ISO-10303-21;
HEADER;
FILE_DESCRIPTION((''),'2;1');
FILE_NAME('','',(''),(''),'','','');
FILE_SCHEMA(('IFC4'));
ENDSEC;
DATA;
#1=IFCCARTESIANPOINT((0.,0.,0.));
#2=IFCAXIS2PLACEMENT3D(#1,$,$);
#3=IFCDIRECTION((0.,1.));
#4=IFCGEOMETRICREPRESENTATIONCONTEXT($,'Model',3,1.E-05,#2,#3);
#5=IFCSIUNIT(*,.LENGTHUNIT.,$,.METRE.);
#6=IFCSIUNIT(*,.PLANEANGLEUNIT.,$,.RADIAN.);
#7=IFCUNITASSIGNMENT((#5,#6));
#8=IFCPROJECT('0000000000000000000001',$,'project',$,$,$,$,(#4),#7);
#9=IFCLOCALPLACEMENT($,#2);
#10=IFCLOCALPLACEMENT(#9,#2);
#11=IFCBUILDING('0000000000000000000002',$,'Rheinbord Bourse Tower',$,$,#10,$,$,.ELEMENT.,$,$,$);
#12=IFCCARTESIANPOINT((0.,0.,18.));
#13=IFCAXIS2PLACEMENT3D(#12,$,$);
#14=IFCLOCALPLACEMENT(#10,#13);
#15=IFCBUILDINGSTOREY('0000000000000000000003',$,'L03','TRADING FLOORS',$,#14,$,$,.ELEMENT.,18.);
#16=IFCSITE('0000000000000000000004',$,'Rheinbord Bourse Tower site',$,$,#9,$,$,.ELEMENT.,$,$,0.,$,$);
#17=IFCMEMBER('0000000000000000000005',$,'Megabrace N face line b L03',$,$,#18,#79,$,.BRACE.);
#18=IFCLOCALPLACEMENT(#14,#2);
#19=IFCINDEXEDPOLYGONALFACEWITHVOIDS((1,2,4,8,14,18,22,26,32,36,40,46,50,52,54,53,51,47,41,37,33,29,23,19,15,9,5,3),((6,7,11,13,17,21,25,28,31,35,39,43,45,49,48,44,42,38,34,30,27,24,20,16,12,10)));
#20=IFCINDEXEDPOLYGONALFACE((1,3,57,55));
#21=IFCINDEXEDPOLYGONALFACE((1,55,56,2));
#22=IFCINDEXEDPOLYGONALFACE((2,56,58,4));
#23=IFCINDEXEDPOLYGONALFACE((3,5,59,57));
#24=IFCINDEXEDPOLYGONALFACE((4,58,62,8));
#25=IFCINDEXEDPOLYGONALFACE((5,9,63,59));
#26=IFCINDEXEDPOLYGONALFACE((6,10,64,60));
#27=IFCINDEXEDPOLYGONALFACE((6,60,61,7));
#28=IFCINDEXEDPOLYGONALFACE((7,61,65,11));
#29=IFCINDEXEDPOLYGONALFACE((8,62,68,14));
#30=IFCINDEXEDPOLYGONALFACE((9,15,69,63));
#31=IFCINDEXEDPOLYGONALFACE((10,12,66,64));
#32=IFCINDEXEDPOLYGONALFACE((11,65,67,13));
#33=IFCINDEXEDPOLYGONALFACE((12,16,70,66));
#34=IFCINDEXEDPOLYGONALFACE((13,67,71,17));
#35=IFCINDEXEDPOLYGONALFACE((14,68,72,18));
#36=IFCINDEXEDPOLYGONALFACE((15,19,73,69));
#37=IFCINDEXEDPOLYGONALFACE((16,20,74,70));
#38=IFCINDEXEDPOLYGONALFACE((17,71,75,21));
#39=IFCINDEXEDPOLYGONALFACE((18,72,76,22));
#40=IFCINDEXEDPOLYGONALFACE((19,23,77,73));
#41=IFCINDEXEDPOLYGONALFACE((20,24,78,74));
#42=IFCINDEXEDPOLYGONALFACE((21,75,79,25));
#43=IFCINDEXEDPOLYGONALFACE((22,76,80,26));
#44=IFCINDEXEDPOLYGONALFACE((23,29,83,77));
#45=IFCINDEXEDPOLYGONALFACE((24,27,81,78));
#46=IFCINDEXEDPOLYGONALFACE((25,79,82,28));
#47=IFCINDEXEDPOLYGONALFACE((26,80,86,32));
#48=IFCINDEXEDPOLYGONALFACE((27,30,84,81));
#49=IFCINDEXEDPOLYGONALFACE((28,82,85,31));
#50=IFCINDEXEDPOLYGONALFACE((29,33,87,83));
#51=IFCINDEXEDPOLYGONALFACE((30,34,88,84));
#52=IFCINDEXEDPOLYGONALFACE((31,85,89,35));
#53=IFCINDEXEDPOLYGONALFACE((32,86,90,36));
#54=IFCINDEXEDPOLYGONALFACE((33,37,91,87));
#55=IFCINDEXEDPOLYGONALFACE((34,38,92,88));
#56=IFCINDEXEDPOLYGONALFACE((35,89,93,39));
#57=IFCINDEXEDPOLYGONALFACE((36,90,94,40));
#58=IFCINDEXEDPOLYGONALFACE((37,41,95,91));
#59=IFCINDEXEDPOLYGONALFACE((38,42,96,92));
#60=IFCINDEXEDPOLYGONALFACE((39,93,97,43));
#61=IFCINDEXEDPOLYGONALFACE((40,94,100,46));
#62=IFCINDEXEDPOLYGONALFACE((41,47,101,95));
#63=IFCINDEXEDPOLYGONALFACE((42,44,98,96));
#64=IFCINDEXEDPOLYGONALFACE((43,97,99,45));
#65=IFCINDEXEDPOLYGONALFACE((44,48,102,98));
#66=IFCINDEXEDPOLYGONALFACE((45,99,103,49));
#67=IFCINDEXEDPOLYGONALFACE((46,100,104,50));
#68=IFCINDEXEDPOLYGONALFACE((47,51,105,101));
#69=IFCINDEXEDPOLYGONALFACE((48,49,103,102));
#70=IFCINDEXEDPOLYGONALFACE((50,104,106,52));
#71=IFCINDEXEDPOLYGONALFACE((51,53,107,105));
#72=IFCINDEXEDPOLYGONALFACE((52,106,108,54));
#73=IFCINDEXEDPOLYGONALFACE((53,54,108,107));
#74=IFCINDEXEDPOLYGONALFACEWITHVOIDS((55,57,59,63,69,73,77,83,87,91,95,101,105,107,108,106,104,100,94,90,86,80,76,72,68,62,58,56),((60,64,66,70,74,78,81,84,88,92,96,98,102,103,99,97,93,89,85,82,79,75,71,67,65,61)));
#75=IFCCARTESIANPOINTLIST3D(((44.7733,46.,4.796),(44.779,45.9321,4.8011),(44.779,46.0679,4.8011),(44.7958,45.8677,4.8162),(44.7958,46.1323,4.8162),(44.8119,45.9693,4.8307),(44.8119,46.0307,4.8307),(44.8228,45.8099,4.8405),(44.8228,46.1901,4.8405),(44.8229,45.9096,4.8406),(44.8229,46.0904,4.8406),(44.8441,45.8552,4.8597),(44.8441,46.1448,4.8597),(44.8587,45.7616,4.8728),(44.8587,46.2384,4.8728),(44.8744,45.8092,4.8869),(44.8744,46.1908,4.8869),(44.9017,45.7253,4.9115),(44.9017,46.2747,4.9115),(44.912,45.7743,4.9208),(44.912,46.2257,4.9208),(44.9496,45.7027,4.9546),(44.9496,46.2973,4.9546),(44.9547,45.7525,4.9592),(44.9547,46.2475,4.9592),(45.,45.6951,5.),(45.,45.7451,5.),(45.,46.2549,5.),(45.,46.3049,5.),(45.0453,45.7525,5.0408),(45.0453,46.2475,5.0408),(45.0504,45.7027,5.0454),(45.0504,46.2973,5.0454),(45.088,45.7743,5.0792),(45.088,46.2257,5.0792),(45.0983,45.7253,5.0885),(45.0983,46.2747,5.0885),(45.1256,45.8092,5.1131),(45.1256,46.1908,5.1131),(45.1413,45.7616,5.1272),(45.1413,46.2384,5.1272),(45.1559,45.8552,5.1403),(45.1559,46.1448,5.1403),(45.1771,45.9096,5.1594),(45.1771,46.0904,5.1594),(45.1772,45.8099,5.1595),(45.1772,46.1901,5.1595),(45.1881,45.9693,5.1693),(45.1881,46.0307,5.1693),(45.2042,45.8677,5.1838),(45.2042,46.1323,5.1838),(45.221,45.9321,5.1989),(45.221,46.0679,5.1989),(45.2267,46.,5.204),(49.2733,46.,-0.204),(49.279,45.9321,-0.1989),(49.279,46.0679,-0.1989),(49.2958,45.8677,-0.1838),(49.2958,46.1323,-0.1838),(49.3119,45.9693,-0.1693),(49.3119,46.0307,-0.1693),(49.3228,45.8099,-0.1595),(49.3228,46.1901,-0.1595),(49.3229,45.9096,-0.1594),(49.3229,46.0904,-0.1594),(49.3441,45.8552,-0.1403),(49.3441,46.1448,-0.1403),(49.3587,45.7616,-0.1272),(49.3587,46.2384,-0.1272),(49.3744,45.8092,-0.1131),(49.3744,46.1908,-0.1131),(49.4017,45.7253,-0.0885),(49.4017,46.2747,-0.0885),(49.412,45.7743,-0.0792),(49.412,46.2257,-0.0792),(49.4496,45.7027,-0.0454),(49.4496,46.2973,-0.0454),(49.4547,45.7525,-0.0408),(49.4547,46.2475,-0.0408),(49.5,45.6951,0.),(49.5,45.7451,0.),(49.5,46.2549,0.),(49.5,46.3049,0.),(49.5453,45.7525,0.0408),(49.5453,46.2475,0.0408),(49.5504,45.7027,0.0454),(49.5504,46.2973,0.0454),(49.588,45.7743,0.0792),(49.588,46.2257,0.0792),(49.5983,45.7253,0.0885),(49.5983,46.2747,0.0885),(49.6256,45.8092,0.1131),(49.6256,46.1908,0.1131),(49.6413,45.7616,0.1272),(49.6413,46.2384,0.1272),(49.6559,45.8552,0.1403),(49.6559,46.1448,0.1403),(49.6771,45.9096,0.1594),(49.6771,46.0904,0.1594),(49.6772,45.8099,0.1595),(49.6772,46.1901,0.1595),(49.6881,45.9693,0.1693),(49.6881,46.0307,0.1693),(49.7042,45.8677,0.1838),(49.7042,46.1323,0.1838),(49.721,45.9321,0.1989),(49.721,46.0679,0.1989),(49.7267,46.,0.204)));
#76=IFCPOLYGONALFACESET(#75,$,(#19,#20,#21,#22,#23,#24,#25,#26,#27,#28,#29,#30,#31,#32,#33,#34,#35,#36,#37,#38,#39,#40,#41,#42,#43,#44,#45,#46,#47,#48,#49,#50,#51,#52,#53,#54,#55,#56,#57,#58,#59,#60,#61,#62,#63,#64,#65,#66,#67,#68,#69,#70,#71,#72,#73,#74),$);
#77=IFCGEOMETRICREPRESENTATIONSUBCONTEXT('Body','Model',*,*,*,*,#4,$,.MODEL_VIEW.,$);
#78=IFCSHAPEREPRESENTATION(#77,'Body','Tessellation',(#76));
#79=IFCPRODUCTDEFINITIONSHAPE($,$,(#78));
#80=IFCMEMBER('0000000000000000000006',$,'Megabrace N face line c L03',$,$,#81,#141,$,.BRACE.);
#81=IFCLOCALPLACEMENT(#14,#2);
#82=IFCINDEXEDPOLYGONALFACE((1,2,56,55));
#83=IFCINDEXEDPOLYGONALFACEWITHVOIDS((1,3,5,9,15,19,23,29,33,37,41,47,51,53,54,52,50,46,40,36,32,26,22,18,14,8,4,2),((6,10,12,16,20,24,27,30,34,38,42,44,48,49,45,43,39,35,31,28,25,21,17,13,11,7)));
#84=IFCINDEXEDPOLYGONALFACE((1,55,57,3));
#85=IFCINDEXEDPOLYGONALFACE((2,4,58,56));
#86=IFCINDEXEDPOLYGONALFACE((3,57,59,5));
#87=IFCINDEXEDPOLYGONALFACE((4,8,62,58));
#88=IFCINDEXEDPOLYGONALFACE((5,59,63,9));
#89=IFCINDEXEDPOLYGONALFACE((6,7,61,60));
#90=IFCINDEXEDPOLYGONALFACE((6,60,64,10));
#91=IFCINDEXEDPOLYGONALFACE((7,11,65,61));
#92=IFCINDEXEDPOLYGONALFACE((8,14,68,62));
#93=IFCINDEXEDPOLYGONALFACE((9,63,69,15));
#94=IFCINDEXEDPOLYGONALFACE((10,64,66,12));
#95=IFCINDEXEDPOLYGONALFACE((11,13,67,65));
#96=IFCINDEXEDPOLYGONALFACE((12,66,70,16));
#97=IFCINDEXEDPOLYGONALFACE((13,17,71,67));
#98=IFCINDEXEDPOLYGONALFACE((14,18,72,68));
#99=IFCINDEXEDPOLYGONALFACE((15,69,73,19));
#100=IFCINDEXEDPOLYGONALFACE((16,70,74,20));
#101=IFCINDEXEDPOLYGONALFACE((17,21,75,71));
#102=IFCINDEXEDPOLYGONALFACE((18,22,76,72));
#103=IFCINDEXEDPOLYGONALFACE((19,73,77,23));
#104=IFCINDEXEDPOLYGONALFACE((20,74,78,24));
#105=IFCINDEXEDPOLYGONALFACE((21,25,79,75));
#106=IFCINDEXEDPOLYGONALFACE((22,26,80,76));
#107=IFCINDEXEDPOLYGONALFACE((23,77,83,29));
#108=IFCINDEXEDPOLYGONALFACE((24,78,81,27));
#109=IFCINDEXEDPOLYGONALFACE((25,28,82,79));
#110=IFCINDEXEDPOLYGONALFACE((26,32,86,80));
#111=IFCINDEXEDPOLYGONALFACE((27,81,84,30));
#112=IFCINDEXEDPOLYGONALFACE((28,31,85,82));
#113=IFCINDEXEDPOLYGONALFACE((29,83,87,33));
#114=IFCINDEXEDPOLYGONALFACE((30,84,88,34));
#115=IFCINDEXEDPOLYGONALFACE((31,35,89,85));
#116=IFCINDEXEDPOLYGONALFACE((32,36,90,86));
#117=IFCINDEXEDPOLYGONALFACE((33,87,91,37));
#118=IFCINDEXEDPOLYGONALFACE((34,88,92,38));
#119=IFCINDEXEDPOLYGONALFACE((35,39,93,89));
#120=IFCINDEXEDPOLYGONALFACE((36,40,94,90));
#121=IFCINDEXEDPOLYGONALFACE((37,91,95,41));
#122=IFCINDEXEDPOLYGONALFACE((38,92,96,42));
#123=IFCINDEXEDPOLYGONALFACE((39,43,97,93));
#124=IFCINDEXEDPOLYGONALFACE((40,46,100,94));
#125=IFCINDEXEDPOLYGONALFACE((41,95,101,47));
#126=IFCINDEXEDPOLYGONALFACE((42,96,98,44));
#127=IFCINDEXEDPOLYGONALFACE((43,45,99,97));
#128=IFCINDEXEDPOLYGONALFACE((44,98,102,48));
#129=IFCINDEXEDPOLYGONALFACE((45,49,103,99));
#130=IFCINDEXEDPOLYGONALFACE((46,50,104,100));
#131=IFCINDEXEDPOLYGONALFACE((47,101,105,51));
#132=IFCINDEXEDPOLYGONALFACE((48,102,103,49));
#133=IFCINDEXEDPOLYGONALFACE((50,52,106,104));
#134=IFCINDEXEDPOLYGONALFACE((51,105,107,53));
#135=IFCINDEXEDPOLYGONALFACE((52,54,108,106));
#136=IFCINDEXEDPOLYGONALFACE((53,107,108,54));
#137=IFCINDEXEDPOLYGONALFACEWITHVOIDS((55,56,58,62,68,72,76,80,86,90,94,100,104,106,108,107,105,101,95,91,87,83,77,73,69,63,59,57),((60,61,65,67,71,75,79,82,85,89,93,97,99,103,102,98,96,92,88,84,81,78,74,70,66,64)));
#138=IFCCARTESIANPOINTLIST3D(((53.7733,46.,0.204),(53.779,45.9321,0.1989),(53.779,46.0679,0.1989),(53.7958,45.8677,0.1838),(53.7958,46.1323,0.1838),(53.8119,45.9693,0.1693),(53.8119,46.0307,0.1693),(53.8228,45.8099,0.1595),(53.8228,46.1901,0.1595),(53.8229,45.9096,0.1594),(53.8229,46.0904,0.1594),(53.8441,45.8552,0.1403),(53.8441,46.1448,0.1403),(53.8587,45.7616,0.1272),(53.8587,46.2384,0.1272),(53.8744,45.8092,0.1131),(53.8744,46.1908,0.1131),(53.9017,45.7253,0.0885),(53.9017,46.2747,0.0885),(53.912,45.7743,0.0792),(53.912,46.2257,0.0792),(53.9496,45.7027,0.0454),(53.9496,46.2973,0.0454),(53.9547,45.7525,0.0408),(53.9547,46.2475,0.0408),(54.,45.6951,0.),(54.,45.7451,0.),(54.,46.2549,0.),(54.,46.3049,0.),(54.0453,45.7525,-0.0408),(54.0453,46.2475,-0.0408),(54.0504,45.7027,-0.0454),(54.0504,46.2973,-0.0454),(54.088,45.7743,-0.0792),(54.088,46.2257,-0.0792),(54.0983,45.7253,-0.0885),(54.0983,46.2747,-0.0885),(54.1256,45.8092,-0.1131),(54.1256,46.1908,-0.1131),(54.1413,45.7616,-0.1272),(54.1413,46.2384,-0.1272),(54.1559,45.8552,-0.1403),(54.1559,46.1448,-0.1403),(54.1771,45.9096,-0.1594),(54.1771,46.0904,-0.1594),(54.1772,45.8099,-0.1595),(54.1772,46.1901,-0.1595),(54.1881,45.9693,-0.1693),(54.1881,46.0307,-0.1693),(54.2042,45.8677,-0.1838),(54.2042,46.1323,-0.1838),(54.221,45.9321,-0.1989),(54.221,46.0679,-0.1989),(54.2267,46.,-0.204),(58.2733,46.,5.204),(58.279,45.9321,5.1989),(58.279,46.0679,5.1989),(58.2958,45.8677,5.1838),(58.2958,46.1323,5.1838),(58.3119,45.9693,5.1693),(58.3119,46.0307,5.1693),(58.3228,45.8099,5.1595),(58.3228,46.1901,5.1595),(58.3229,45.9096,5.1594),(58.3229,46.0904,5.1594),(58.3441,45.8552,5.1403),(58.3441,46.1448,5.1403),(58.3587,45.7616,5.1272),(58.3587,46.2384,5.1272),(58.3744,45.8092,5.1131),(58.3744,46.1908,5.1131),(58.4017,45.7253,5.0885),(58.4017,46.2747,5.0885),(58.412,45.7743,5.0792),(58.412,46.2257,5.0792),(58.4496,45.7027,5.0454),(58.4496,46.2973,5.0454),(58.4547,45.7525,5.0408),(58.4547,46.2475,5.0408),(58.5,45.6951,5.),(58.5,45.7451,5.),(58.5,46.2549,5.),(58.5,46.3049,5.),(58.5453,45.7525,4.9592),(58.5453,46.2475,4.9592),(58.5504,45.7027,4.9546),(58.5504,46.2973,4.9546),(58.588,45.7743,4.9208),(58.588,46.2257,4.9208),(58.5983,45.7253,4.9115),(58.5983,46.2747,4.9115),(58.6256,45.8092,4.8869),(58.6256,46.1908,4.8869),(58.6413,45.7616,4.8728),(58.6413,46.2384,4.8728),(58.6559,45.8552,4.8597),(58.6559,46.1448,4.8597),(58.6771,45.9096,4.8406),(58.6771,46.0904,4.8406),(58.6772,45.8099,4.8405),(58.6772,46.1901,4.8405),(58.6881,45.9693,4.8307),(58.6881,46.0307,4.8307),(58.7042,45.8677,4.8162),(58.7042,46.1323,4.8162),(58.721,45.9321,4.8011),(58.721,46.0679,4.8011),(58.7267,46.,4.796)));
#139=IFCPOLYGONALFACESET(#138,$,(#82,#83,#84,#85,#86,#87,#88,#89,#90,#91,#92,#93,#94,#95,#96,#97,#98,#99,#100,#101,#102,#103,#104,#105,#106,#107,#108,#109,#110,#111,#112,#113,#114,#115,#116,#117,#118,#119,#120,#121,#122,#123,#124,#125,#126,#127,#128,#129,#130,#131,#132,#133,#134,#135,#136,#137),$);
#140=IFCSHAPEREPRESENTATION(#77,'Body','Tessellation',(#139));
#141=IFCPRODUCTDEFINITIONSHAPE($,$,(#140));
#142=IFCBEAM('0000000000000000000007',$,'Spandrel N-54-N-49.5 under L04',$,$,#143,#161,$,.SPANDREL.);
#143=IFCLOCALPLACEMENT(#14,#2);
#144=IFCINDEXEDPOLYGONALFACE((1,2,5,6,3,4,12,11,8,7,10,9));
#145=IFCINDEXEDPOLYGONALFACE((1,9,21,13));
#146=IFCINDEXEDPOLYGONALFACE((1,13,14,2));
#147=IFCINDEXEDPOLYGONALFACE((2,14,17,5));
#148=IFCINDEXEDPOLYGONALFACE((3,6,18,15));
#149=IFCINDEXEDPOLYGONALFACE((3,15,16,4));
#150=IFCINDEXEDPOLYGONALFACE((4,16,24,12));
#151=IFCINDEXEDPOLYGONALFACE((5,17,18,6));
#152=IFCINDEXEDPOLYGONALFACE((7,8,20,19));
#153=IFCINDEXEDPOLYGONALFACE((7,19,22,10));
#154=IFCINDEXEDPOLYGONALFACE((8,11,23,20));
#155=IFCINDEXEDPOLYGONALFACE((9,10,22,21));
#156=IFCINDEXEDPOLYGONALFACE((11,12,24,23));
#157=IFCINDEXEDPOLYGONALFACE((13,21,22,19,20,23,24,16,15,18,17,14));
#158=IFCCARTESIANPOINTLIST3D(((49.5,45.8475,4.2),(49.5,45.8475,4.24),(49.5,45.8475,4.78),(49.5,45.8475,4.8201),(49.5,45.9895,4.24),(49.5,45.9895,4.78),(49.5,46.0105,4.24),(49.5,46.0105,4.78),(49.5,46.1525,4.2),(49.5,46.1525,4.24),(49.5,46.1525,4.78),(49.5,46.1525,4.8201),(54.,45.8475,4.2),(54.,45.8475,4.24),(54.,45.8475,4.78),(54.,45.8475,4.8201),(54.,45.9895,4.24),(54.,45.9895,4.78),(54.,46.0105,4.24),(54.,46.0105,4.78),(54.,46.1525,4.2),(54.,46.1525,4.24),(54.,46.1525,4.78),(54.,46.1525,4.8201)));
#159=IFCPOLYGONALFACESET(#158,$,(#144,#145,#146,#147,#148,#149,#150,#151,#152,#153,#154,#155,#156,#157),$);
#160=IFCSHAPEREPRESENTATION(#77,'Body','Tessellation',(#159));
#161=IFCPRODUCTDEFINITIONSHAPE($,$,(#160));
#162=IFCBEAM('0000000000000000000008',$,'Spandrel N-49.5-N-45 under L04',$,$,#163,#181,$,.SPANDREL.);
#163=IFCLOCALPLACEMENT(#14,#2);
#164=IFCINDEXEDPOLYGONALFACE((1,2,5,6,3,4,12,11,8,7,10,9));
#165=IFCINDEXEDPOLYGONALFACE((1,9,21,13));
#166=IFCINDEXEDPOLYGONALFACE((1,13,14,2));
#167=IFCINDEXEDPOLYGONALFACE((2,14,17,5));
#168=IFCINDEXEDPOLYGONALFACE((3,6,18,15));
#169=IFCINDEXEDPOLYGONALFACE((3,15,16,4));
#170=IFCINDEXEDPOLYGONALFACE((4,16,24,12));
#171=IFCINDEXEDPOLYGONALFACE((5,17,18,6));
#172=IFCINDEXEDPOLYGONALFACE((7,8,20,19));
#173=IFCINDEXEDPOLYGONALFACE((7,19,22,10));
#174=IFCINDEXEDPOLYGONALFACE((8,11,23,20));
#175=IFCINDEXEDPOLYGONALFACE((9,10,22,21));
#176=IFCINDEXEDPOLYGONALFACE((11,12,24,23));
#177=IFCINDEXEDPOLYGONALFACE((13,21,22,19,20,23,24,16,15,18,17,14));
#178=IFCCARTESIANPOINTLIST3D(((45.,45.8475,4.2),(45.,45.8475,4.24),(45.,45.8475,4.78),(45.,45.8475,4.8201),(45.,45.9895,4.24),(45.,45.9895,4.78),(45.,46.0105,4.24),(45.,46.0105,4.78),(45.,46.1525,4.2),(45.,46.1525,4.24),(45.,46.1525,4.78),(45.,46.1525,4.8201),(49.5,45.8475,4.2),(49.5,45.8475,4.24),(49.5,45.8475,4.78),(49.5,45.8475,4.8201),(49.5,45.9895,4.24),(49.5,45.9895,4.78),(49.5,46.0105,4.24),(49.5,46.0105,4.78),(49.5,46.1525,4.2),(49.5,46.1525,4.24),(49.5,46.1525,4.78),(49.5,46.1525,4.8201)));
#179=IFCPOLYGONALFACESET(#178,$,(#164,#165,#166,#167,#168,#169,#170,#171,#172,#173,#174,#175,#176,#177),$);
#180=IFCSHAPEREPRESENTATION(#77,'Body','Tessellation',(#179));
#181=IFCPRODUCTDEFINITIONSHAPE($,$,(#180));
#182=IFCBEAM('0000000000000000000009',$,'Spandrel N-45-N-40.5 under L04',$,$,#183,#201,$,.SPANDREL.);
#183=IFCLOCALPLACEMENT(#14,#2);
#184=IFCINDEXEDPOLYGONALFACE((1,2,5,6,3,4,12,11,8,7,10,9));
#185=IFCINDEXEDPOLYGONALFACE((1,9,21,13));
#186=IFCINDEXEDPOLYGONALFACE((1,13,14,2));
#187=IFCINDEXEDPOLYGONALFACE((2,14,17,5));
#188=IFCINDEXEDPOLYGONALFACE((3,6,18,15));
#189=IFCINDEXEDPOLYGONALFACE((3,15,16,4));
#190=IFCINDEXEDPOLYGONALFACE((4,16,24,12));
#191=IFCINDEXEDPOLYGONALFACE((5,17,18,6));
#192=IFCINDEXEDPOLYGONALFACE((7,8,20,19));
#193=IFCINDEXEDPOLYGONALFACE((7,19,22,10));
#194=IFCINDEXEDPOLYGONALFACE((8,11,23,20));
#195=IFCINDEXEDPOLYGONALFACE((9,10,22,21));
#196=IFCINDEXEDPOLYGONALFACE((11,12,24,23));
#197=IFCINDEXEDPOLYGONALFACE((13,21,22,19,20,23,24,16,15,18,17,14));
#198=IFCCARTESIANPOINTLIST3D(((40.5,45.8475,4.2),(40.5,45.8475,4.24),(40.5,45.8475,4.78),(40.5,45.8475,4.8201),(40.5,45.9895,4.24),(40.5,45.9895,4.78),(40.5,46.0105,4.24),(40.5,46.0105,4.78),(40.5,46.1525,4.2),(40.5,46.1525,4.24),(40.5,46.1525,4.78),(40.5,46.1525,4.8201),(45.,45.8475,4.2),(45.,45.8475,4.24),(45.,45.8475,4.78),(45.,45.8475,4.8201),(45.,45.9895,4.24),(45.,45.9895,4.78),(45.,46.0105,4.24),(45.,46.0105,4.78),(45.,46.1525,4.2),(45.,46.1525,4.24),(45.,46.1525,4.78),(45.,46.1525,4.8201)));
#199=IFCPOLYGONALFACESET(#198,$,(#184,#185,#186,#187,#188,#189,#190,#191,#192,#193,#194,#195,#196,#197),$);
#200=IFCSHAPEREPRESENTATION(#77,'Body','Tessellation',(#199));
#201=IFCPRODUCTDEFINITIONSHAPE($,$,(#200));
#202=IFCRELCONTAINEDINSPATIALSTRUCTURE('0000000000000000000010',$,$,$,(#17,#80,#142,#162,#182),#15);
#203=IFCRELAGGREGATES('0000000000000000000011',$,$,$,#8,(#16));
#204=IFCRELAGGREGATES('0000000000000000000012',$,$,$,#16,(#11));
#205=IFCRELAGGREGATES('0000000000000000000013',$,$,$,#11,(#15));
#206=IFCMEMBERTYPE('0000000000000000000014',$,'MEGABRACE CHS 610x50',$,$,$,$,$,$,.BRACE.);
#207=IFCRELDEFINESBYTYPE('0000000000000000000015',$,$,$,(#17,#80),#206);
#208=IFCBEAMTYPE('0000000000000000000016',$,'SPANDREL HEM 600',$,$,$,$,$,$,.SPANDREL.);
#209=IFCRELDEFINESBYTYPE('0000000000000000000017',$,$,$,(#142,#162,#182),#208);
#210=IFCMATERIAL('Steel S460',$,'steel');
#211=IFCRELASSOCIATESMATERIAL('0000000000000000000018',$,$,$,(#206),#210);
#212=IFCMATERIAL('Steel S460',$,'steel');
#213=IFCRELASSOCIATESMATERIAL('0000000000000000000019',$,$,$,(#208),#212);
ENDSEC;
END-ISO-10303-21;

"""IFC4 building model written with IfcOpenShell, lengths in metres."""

from ifc_helpers import new_model, si_unit, direction, frame, origin, origin_2d, place, context, subcontext, project, spatial, hollow_circle, i_section, extrude, material, material_profile, profile_set, type_object, element, save


model = new_model("IFC4")

# Units and contexts
model_context = context("Model", 3, precision=1e-05, world=origin(), true_north=direction((0.0, 1.0)))
body_context = subcontext(model_context, "Body", "Model", "MODEL_VIEW")
ifc_project = project(units=[si_unit("LENGTHUNIT", "METRE"), si_unit("PLANEANGLEUNIT", "RADIAN")], contexts=[model_context])

# Site, building, storey
site_placement = place(None, origin())
site = spatial("IfcSite", under=ifc_project, at=site_placement, Name="Rheinbord Bourse Tower site", CompositionType="ELEMENT", RefElevation=0.0)
building_placement = place(site_placement, origin())
building = spatial("IfcBuilding", under=site, at=building_placement, Name="Rheinbord Bourse Tower", CompositionType="ELEMENT")
storey_placement = place(building_placement, frame((0.0, 0.0, 18.0)))
storey = spatial("IfcBuildingStorey", under=building, at=storey_placement, Name="L03", Description="TRADING FLOORS", CompositionType="ELEMENT", Elevation=18.0)

# Members
ifc_material_1 = material(Name="Steel S460", Category="steel")
ifc_material_profile_1 = material_profile(ifc_material_1, hollow_circle(Radius=0.3049, WallThickness=0.05, at=origin_2d()), Name="CHS 610x50")
ifc_profile_set_1 = profile_set([ifc_material_profile_1], Name="Steel S460")
member_type_1 = type_object("IfcMemberType", Name="MEGABRACE CHS 610x50", PredefinedType="BRACE", material=ifc_profile_set_1)
for number, where, z_axis, x_axis, name in (
    (1, (49.5, 46.0, 0.0), (-0.668965, 0.0, 0.743294), (0.0, -1.0, 0.0), "Megabrace N face line b L03"),
    (2, (54.0, 46.0, 0.0), (0.668965, 0.0, 0.743294), (0.0, 1.0, 0.0), "Megabrace N face line c L03"),
):
    element("IfcMember", number, at=place(storey_placement, frame(where, z_axis=z_axis, x_axis=x_axis)), inside=storey, type_object=member_type_1, Name=name, PredefinedType="BRACE", context=body_context, shape_type="SweptSolid", body=[
        extrude(hollow_circle(Radius=0.3049, WallThickness=0.05, at=origin_2d()), origin(), (0.0, 0.0, 1.0), 6.7268),
    ])

# Beams
ifc_material_2 = material(Name="Steel S460", Category="steel")
ifc_material_profile_2 = material_profile(ifc_material_2, i_section(OverallWidth=0.3049, OverallDepth=0.6201, WebThickness=0.021, FlangeThickness=0.04, at=origin_2d()), Name="HEM 600")
ifc_profile_set_2 = profile_set([ifc_material_profile_2], Name="Steel S460")
beam_type_1 = type_object("IfcBeamType", Name="SPANDREL HEM 600", PredefinedType="SPANDREL", material=ifc_profile_set_2)
for number, where, z_axis, x_axis, name in (
    (3, (54.0, 46.0, 4.51), (-1.0, 0.0, 0.0), (0.0, -1.0, 0.0), "Spandrel N-54-N-49.5 under L04"),
    (4, (49.5, 46.0, 4.51), (-1.0, 0.0, 0.0), (0.0, -1.0, 0.0), "Spandrel N-49.5-N-45 under L04"),
    (5, (45.0, 46.0, 4.51), (-1.0, 0.0, 0.0), (0.0, -1.0, 0.0), "Spandrel N-45-N-40.5 under L04"),
):
    element("IfcBeam", number, at=place(storey_placement, frame(where, z_axis=z_axis, x_axis=x_axis)), inside=storey, type_object=beam_type_1, Name=name, PredefinedType="SPANDREL", context=body_context, shape_type="SweptSolid", body=[
        extrude(i_section(OverallWidth=0.3049, OverallDepth=0.6201, WebThickness=0.021, FlangeThickness=0.04, at=origin_2d()), origin(), (0.0, 0.0, 1.0), 4.5),
    ])

save(model, "model.ifc")
